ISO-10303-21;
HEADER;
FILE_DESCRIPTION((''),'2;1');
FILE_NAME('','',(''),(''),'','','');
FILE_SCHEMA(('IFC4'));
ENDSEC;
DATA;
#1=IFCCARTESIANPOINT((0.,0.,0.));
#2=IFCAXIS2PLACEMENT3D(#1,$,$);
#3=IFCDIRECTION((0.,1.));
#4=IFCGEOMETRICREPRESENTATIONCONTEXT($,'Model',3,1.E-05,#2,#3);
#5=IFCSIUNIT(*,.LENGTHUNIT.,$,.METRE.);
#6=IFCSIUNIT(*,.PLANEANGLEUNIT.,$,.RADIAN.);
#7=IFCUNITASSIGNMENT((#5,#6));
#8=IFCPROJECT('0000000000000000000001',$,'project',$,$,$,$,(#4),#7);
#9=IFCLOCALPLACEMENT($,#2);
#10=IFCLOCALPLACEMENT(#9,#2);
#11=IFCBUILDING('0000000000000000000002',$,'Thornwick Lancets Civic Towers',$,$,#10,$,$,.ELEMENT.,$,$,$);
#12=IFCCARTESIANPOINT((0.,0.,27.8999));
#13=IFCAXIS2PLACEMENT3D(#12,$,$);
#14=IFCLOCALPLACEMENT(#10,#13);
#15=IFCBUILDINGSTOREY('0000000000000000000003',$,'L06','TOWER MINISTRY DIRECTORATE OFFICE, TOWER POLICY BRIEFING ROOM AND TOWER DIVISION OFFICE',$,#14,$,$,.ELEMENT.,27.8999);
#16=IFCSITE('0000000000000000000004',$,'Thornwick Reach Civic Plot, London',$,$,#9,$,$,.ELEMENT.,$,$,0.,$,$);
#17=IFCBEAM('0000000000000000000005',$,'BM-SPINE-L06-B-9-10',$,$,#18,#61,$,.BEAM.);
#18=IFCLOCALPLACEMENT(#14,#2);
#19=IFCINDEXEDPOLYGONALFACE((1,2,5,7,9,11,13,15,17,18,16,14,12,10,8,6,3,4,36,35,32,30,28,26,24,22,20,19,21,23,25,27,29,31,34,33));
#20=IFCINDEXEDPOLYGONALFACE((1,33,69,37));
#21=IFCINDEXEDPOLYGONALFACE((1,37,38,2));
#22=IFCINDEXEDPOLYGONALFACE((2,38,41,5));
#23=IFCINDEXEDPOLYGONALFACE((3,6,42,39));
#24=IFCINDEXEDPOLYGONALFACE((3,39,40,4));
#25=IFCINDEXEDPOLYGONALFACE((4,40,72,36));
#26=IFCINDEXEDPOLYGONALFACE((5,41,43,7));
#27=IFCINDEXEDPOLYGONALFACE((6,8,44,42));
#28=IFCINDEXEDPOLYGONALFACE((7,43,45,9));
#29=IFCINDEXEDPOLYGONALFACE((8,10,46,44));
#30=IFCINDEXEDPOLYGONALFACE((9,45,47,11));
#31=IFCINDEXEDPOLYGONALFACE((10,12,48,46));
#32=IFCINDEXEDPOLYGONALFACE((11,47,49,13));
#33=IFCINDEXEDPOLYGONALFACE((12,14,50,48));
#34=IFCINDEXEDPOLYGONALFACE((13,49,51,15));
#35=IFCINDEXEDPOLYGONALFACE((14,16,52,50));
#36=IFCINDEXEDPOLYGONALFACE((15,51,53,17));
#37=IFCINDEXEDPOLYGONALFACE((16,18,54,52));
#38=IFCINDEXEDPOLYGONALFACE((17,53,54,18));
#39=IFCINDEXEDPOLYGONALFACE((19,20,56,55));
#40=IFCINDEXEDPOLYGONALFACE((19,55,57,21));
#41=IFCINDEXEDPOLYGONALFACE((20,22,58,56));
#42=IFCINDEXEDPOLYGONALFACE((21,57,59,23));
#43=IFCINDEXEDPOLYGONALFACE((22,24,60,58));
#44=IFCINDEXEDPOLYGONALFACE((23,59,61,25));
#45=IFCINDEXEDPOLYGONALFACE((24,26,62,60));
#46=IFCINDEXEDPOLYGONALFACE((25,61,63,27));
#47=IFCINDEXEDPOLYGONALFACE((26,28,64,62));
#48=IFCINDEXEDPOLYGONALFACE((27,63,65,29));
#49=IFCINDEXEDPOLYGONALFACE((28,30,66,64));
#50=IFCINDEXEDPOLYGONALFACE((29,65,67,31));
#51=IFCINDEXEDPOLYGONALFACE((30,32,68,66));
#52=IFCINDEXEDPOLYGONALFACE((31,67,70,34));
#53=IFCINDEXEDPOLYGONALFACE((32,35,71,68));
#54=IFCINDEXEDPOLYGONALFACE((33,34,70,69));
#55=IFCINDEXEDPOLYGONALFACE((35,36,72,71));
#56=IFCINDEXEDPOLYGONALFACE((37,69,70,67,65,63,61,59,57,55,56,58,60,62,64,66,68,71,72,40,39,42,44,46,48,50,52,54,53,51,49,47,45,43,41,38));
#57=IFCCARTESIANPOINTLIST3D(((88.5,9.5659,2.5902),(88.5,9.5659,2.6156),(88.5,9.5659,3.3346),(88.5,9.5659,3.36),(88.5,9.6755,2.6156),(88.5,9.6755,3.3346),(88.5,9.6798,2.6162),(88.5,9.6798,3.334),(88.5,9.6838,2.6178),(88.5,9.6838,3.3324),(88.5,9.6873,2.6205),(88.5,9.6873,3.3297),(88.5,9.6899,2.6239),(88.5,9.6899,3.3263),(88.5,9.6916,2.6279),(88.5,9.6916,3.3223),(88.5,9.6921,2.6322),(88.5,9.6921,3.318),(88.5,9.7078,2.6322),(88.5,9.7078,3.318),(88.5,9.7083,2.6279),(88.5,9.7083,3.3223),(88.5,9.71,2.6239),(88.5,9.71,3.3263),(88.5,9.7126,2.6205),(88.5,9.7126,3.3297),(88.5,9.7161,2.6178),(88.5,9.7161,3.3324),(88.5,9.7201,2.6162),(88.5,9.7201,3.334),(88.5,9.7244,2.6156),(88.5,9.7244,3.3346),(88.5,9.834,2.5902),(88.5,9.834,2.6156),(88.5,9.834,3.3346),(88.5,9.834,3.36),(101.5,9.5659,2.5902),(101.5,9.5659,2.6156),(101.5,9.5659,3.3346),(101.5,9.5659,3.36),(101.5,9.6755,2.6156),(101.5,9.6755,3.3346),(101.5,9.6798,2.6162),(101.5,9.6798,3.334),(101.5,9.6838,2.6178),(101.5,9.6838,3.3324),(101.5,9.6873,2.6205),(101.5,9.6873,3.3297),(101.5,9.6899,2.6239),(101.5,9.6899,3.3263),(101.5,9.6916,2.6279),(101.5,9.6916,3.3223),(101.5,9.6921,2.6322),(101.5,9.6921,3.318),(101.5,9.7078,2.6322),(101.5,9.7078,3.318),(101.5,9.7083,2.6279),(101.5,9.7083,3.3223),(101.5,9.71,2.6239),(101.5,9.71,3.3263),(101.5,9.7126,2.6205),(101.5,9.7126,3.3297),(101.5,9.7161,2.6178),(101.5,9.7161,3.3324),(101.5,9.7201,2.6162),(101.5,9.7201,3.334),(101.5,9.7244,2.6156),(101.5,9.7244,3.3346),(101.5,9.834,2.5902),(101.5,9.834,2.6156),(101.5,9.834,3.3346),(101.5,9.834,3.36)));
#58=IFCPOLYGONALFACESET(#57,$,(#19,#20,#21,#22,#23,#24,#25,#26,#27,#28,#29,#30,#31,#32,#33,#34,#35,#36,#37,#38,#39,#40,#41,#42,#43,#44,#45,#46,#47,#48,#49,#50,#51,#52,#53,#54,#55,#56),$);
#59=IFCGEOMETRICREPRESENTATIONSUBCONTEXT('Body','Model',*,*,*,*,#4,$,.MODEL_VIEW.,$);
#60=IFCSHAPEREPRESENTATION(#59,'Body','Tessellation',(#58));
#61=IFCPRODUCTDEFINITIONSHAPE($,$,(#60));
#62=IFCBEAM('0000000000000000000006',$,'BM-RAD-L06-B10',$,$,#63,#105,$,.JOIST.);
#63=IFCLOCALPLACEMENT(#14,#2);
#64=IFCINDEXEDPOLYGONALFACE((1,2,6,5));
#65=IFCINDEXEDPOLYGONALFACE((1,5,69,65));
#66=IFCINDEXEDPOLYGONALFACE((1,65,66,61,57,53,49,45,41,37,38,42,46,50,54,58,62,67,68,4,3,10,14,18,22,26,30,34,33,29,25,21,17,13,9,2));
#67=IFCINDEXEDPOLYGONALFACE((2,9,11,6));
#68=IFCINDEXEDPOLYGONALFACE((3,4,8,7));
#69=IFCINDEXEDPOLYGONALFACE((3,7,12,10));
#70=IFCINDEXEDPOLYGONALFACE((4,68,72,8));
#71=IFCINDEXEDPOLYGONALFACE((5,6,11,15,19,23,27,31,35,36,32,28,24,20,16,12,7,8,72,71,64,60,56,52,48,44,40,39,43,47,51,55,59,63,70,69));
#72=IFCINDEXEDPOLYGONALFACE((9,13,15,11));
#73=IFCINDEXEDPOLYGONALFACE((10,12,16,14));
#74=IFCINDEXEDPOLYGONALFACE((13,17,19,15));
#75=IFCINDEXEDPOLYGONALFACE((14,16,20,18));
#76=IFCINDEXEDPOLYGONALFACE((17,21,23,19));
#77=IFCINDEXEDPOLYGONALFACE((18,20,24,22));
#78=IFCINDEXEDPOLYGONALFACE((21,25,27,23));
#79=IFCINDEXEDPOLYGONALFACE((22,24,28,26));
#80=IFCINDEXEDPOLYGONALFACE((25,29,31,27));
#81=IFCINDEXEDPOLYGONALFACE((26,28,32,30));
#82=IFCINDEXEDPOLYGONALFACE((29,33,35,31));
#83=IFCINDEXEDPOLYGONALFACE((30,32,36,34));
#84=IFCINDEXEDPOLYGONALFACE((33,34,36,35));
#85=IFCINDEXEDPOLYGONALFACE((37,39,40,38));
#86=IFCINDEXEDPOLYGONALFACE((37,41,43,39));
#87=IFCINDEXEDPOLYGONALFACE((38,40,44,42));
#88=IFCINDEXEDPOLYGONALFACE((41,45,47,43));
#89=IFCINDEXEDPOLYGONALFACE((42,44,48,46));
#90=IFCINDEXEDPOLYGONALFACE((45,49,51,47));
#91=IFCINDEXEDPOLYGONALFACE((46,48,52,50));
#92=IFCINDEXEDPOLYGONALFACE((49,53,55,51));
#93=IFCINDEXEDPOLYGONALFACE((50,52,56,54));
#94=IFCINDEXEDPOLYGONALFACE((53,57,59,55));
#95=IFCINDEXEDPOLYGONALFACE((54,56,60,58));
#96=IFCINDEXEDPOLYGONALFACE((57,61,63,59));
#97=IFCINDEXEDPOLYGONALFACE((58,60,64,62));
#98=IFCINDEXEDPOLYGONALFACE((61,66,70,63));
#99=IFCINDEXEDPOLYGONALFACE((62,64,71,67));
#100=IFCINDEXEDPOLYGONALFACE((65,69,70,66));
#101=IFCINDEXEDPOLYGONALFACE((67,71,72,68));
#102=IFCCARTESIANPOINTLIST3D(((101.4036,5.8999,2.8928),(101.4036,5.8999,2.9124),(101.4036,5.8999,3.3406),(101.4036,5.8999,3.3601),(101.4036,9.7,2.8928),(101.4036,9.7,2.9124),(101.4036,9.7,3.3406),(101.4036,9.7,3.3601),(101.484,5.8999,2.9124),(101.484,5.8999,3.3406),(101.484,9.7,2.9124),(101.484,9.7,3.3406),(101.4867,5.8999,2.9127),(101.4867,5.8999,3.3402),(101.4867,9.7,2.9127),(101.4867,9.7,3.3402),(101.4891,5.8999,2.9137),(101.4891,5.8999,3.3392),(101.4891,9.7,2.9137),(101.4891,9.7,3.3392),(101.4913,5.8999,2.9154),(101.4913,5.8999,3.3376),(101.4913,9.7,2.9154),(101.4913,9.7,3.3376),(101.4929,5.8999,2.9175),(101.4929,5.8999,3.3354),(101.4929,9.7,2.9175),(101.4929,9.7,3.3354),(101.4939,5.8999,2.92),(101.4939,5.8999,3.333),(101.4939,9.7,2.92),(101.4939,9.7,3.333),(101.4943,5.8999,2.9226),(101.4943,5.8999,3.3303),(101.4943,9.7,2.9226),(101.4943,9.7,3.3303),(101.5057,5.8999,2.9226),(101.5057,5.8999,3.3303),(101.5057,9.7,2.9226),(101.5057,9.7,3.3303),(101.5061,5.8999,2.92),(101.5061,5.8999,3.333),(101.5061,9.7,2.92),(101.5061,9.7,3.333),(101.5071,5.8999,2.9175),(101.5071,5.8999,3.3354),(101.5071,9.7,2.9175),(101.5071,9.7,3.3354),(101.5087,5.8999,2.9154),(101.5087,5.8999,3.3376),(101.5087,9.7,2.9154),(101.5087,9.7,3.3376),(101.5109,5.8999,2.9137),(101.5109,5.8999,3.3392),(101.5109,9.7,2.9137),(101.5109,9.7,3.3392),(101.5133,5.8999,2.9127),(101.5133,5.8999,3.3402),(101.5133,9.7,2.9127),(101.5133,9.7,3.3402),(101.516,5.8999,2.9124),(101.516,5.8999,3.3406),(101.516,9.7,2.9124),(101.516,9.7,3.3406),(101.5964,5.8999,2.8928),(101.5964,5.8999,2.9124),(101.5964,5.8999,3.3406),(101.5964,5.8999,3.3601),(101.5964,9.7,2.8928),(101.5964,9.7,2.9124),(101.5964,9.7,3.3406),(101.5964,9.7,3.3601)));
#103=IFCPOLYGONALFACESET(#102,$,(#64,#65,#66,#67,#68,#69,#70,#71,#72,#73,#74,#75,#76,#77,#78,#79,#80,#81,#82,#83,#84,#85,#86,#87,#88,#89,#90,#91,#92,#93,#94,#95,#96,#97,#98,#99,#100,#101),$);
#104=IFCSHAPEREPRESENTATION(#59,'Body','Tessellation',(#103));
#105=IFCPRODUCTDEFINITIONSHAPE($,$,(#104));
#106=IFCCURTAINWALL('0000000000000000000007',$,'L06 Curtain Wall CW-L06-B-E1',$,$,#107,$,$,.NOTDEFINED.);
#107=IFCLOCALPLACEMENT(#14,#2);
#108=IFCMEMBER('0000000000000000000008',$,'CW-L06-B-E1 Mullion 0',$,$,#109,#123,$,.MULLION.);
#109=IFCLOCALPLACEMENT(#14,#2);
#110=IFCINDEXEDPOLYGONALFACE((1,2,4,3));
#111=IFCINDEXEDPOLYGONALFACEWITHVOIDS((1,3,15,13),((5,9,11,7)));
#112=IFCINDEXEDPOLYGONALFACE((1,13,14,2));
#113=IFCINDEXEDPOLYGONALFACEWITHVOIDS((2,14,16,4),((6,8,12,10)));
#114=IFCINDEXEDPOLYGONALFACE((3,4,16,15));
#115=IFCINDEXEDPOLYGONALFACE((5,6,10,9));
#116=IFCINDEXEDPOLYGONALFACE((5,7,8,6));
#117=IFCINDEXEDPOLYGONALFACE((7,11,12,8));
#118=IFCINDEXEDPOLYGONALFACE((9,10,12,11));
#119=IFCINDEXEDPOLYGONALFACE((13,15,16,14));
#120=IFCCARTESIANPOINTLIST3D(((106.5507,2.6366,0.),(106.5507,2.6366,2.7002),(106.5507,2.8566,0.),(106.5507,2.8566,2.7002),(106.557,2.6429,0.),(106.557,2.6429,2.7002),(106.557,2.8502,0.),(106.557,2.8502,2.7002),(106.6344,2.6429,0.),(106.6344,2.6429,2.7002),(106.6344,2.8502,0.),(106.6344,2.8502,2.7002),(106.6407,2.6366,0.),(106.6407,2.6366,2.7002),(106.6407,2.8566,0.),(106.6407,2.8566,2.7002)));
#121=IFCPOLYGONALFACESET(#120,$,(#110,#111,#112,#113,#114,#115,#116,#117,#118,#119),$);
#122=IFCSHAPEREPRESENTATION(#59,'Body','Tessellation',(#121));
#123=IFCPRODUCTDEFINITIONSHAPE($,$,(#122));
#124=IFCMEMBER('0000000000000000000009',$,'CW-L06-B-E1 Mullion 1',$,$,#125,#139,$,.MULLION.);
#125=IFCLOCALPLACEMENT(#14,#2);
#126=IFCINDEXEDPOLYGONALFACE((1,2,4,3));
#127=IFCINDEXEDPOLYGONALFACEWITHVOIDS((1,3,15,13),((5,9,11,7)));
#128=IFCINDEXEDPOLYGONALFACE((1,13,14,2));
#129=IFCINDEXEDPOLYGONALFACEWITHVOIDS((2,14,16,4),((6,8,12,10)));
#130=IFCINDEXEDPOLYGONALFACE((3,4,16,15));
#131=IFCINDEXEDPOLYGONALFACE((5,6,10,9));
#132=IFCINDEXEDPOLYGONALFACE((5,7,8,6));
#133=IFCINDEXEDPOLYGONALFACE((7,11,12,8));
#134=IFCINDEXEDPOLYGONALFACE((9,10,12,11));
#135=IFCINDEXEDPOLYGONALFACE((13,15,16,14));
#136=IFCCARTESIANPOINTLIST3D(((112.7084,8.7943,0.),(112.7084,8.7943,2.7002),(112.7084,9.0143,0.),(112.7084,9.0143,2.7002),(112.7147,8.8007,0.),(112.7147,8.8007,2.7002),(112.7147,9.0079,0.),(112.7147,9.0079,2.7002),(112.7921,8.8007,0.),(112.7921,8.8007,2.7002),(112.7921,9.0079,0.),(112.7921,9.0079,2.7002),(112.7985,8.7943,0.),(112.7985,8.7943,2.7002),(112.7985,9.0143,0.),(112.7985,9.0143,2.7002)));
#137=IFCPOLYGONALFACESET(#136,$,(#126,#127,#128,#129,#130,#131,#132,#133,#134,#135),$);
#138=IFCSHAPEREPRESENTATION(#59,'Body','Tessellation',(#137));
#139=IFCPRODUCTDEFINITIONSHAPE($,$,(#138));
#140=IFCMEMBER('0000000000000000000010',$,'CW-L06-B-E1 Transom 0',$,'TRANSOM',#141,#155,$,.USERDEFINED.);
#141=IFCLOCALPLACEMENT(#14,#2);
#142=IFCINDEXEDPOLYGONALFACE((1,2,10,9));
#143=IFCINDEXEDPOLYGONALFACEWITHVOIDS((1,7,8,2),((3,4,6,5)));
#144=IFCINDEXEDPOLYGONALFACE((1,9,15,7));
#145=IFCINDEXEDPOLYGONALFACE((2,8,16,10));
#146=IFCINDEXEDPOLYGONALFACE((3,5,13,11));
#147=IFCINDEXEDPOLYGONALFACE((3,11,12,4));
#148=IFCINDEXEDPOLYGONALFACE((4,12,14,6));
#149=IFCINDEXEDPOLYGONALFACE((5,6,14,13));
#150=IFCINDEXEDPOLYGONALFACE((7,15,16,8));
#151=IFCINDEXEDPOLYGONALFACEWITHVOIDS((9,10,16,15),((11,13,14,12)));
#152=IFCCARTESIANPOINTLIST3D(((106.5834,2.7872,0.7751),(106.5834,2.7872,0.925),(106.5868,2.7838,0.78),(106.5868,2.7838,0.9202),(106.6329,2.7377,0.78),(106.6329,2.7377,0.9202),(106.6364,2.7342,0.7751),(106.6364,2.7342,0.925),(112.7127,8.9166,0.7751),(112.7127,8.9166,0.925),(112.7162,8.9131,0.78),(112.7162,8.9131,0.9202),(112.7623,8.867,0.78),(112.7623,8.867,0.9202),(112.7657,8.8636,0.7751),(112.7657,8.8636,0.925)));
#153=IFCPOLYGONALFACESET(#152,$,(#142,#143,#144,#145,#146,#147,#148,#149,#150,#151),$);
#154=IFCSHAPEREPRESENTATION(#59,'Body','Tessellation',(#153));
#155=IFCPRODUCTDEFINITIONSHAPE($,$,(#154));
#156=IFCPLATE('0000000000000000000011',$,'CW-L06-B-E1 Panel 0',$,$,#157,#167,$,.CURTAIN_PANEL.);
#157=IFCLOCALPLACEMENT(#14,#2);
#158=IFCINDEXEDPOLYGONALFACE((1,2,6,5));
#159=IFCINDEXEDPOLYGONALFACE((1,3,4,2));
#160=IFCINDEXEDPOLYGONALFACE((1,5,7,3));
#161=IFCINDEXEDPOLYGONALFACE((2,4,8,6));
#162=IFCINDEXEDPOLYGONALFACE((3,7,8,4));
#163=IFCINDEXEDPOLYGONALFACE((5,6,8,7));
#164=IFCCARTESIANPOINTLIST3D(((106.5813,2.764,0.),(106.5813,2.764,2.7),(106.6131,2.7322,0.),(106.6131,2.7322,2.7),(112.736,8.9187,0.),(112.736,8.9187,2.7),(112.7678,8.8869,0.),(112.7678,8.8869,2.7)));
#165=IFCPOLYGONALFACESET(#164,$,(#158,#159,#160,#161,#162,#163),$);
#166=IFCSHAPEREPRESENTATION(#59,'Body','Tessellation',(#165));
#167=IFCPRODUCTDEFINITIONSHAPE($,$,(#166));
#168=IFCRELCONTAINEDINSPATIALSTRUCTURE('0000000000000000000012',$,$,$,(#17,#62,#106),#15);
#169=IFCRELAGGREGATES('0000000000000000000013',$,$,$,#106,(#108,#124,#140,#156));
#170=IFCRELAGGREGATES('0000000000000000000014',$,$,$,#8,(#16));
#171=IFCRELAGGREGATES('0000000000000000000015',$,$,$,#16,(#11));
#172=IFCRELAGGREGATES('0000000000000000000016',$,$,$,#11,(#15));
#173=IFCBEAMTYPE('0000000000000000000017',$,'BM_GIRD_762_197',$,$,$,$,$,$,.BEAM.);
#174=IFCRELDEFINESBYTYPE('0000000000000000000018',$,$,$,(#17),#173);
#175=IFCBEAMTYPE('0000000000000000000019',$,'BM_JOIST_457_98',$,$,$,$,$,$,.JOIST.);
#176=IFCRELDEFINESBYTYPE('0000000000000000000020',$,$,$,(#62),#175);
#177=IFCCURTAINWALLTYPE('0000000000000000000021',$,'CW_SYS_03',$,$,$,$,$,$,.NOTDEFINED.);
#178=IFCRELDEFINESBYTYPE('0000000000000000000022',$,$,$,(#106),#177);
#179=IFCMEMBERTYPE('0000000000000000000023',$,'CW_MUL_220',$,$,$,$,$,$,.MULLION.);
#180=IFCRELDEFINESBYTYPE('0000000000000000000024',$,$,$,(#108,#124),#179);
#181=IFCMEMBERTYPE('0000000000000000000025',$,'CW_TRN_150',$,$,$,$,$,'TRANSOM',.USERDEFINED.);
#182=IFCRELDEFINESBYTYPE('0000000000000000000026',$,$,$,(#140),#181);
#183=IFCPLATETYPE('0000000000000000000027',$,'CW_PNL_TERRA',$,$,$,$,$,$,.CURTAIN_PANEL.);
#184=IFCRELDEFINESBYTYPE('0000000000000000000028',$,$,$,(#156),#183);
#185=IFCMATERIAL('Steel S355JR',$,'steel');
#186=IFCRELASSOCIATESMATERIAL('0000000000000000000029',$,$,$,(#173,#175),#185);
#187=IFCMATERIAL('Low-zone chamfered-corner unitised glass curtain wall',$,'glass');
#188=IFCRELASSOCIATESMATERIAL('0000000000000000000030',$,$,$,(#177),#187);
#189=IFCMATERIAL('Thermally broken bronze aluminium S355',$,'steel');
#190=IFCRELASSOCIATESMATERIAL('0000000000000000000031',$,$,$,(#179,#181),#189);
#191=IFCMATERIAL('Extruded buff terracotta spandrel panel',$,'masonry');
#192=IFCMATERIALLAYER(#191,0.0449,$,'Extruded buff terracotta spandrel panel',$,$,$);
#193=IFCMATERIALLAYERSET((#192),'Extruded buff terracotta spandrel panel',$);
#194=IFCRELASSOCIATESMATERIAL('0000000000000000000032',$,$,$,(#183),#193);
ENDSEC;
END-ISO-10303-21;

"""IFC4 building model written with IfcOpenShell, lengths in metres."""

from ifc_helpers import new_model, si_unit, direction, frame, origin, origin_2d, place, context, subcontext, project, spatial, rectangle, hollow_rectangle, i_section, extrude, material, layer, layer_set, material_profile, profile_set, type_object, element, aggregate, save


model = new_model("IFC4")

# Units and contexts
model_context = context("Model", 3, precision=1e-05, world=origin(), true_north=direction((0.0, 1.0)))
body_context = subcontext(model_context, "Body", "Model", "MODEL_VIEW")
ifc_project = project(units=[si_unit("LENGTHUNIT", "METRE"), si_unit("PLANEANGLEUNIT", "RADIAN")], contexts=[model_context])

# Site, building, storey
site_placement = place(None, origin())
site = spatial("IfcSite", under=ifc_project, at=site_placement, Name="Thornwick Reach Civic Plot, London", CompositionType="ELEMENT", RefElevation=0.0)
building_placement = place(site_placement, origin())
building = spatial("IfcBuilding", under=site, at=building_placement, Name="Thornwick Lancets Civic Towers", CompositionType="ELEMENT")
storey_placement = place(building_placement, frame((0.0, 0.0, 27.8999)))
storey = spatial("IfcBuildingStorey", under=building, at=storey_placement, Name="L06", Description="TOWER MINISTRY DIRECTORATE OFFICE, TOWER POLICY BRIEFING ROOM AND TOWER DIVISION OFFICE", CompositionType="ELEMENT", Elevation=27.8999)

# Beams
ifc_material_1 = material(Name="Steel S355JR", Category="steel")
ifc_material_profile_1 = material_profile(ifc_material_1, i_section(OverallWidth=0.2681, OverallDepth=0.7698, WebThickness=0.0156, FlangeThickness=0.0254, FilletRadius=0.0166, at=origin_2d()), Name="UKB 762x267x197")
ifc_profile_set_1 = profile_set([ifc_material_profile_1], Name="Steel S355JR")
beam_type_1 = type_object("IfcBeamType", Name="BM_GIRD_762_197", PredefinedType="BEAM", material=ifc_profile_set_1)
for number, where, z_axis, x_axis, name in (
    (1, (101.5, 9.7, 2.9751), (-1.0, 0.0, 0.0), (0.0, -1.0, 0.0), "BM-SPINE-L06-B-9-10"),
):
    element("IfcBeam", number, at=place(storey_placement, frame(where, z_axis=z_axis, x_axis=x_axis)), inside=storey, type_object=beam_type_1, Name=name, PredefinedType="BEAM", context=body_context, shape_type="SweptSolid", body=[
        extrude(i_section(OverallWidth=0.2681, OverallDepth=0.7698, WebThickness=0.0156, FlangeThickness=0.0254, FilletRadius=0.0166, at=origin_2d()), origin(), (0.0, 0.0, 1.0), 13.0),
    ])
ifc_material_profile_2 = material_profile(ifc_material_1, i_section(OverallWidth=0.1929, OverallDepth=0.4673, WebThickness=0.0115, FlangeThickness=0.0195, FilletRadius=0.0103, at=origin_2d()), Name="UKB 457x191x98")
ifc_profile_set_2 = profile_set([ifc_material_profile_2], Name="Steel S355JR")
beam_type_2 = type_object("IfcBeamType", Name="BM_JOIST_457_98", PredefinedType="JOIST", material=ifc_profile_set_2)
beam_1_placement = place(storey_placement, frame((101.5, 9.7, 3.1265), z_axis=(0.0, -1.0, 0.0), x_axis=(1.0, 0.0, 0.0)))
element("IfcBeam", 2, at=beam_1_placement, inside=storey, type_object=beam_type_2, Name="BM-RAD-L06-B10", PredefinedType="JOIST", context=body_context, shape_type="SweptSolid", body=[
    extrude(i_section(OverallWidth=0.1929, OverallDepth=0.4673, WebThickness=0.0115, FlangeThickness=0.0195, FilletRadius=0.0103, at=origin_2d()), origin(), (0.0, 0.0, 1.0), 3.8),
])

# Curtain wall, members, plate
ifc_material_2 = material(Name="Low-zone chamfered-corner unitised glass curtain wall", Category="glass")
curtain_wall_type = type_object("IfcCurtainWallType", Name="CW_SYS_03", PredefinedType="NOTDEFINED", material=ifc_material_2)
curtain_wall_placement = place(storey_placement, origin())
curtain_wall = element("IfcCurtainWall", 3, at=curtain_wall_placement, inside=storey, type_object=curtain_wall_type, Name="L06 Curtain Wall CW-L06-B-E1", PredefinedType="NOTDEFINED")
ifc_material_3 = material(Name="Thermally broken bronze aluminium S355", Category="steel")
ifc_material_profile_3 = material_profile(ifc_material_3, hollow_rectangle(XDim=0.0901, YDim=0.22, WallThickness=0.0063, at=origin_2d()), Name="RHS 220x90x6.3")
ifc_profile_set_3 = profile_set([ifc_material_profile_3], Name="Thermally broken bronze aluminium S355")
member_type_1 = type_object("IfcMemberType", Name="CW_MUL_220", PredefinedType="MULLION", material=ifc_profile_set_3)
member_1_placement = place(storey_placement, frame((106.5957, 2.7466, 0.0), z_axis=(0.0, 0.0, 1.0), x_axis=(1.0, 0.0, 0.0)))
member_1 = element("IfcMember", 4, at=member_1_placement, type_object=member_type_1, Name="CW-L06-B-E1 Mullion 0", PredefinedType="MULLION", context=body_context, shape_type="SweptSolid", body=[
    extrude(hollow_rectangle(XDim=0.0901, YDim=0.22, WallThickness=0.0063, at=origin_2d()), origin(), (0.0, 0.0, 1.0), 2.7002),
])
member_2_placement = place(storey_placement, frame((112.7534, 8.9043, 0.0), z_axis=(0.0, 0.0, 1.0), x_axis=(1.0, 0.0, 0.0)))
member_2 = element("IfcMember", 5, at=member_2_placement, type_object=member_type_1, Name="CW-L06-B-E1 Mullion 1", PredefinedType="MULLION", context=body_context, shape_type="SweptSolid", body=[
    extrude(hollow_rectangle(XDim=0.0901, YDim=0.22, WallThickness=0.0063, at=origin_2d()), origin(), (0.0, 0.0, 1.0), 2.7002),
])
ifc_material_profile_4 = material_profile(ifc_material_3, hollow_rectangle(XDim=0.075, YDim=0.1499, WallThickness=0.0049, at=origin_2d()), Name="RHS 150x75x5")
ifc_profile_set_4 = profile_set([ifc_material_profile_4], Name="Thermally broken bronze aluminium S355")
member_type_2 = type_object("IfcMemberType", Name="CW_TRN_150", ElementType="TRANSOM", PredefinedType="USERDEFINED", material=ifc_profile_set_4)
member_3_placement = place(storey_placement, frame((106.6099, 2.7607, 0.8501), z_axis=(0.707107, 0.707107, 0.0), x_axis=(-0.707107, 0.707107, 0.0)))
member_3 = element("IfcMember", 6, at=member_3_placement, type_object=member_type_2, Name="CW-L06-B-E1 Transom 0", ObjectType="TRANSOM", PredefinedType="USERDEFINED", context=body_context, shape_type="SweptSolid", body=[
    extrude(hollow_rectangle(XDim=0.075, YDim=0.1499, WallThickness=0.0049, at=origin_2d()), origin(), (0.0, 0.0, 1.0), 8.6682),
])
ifc_material_4 = material(Name="Extruded buff terracotta spandrel panel", Category="masonry")
ifc_layer_1 = layer(ifc_material_4, 0.0449, Name="Extruded buff terracotta spandrel panel")
ifc_layer_set_1 = layer_set([ifc_layer_1], Name="Extruded buff terracotta spandrel panel")
plate_type = type_object("IfcPlateType", Name="CW_PNL_TERRA", PredefinedType="CURTAIN_PANEL", material=ifc_layer_set_1)
plate_placement = place(storey_placement, frame((109.6746, 5.8254, 0.0), z_axis=(0.0, 0.0, 1.0), x_axis=(0.707107, 0.707107, 0.0)))
plate = element("IfcPlate", 7, at=plate_placement, type_object=plate_type, Name="CW-L06-B-E1 Panel 0", PredefinedType="CURTAIN_PANEL", context=body_context, shape_type="SweptSolid", body=[
    extrude(rectangle(XDim=8.7041, YDim=0.0449, at=origin_2d()), origin(), (0.0, 0.0, 1.0), 2.7),
])
aggregate(curtain_wall, [member_1, member_2, member_3, plate])

save(model, "model.ifc")
